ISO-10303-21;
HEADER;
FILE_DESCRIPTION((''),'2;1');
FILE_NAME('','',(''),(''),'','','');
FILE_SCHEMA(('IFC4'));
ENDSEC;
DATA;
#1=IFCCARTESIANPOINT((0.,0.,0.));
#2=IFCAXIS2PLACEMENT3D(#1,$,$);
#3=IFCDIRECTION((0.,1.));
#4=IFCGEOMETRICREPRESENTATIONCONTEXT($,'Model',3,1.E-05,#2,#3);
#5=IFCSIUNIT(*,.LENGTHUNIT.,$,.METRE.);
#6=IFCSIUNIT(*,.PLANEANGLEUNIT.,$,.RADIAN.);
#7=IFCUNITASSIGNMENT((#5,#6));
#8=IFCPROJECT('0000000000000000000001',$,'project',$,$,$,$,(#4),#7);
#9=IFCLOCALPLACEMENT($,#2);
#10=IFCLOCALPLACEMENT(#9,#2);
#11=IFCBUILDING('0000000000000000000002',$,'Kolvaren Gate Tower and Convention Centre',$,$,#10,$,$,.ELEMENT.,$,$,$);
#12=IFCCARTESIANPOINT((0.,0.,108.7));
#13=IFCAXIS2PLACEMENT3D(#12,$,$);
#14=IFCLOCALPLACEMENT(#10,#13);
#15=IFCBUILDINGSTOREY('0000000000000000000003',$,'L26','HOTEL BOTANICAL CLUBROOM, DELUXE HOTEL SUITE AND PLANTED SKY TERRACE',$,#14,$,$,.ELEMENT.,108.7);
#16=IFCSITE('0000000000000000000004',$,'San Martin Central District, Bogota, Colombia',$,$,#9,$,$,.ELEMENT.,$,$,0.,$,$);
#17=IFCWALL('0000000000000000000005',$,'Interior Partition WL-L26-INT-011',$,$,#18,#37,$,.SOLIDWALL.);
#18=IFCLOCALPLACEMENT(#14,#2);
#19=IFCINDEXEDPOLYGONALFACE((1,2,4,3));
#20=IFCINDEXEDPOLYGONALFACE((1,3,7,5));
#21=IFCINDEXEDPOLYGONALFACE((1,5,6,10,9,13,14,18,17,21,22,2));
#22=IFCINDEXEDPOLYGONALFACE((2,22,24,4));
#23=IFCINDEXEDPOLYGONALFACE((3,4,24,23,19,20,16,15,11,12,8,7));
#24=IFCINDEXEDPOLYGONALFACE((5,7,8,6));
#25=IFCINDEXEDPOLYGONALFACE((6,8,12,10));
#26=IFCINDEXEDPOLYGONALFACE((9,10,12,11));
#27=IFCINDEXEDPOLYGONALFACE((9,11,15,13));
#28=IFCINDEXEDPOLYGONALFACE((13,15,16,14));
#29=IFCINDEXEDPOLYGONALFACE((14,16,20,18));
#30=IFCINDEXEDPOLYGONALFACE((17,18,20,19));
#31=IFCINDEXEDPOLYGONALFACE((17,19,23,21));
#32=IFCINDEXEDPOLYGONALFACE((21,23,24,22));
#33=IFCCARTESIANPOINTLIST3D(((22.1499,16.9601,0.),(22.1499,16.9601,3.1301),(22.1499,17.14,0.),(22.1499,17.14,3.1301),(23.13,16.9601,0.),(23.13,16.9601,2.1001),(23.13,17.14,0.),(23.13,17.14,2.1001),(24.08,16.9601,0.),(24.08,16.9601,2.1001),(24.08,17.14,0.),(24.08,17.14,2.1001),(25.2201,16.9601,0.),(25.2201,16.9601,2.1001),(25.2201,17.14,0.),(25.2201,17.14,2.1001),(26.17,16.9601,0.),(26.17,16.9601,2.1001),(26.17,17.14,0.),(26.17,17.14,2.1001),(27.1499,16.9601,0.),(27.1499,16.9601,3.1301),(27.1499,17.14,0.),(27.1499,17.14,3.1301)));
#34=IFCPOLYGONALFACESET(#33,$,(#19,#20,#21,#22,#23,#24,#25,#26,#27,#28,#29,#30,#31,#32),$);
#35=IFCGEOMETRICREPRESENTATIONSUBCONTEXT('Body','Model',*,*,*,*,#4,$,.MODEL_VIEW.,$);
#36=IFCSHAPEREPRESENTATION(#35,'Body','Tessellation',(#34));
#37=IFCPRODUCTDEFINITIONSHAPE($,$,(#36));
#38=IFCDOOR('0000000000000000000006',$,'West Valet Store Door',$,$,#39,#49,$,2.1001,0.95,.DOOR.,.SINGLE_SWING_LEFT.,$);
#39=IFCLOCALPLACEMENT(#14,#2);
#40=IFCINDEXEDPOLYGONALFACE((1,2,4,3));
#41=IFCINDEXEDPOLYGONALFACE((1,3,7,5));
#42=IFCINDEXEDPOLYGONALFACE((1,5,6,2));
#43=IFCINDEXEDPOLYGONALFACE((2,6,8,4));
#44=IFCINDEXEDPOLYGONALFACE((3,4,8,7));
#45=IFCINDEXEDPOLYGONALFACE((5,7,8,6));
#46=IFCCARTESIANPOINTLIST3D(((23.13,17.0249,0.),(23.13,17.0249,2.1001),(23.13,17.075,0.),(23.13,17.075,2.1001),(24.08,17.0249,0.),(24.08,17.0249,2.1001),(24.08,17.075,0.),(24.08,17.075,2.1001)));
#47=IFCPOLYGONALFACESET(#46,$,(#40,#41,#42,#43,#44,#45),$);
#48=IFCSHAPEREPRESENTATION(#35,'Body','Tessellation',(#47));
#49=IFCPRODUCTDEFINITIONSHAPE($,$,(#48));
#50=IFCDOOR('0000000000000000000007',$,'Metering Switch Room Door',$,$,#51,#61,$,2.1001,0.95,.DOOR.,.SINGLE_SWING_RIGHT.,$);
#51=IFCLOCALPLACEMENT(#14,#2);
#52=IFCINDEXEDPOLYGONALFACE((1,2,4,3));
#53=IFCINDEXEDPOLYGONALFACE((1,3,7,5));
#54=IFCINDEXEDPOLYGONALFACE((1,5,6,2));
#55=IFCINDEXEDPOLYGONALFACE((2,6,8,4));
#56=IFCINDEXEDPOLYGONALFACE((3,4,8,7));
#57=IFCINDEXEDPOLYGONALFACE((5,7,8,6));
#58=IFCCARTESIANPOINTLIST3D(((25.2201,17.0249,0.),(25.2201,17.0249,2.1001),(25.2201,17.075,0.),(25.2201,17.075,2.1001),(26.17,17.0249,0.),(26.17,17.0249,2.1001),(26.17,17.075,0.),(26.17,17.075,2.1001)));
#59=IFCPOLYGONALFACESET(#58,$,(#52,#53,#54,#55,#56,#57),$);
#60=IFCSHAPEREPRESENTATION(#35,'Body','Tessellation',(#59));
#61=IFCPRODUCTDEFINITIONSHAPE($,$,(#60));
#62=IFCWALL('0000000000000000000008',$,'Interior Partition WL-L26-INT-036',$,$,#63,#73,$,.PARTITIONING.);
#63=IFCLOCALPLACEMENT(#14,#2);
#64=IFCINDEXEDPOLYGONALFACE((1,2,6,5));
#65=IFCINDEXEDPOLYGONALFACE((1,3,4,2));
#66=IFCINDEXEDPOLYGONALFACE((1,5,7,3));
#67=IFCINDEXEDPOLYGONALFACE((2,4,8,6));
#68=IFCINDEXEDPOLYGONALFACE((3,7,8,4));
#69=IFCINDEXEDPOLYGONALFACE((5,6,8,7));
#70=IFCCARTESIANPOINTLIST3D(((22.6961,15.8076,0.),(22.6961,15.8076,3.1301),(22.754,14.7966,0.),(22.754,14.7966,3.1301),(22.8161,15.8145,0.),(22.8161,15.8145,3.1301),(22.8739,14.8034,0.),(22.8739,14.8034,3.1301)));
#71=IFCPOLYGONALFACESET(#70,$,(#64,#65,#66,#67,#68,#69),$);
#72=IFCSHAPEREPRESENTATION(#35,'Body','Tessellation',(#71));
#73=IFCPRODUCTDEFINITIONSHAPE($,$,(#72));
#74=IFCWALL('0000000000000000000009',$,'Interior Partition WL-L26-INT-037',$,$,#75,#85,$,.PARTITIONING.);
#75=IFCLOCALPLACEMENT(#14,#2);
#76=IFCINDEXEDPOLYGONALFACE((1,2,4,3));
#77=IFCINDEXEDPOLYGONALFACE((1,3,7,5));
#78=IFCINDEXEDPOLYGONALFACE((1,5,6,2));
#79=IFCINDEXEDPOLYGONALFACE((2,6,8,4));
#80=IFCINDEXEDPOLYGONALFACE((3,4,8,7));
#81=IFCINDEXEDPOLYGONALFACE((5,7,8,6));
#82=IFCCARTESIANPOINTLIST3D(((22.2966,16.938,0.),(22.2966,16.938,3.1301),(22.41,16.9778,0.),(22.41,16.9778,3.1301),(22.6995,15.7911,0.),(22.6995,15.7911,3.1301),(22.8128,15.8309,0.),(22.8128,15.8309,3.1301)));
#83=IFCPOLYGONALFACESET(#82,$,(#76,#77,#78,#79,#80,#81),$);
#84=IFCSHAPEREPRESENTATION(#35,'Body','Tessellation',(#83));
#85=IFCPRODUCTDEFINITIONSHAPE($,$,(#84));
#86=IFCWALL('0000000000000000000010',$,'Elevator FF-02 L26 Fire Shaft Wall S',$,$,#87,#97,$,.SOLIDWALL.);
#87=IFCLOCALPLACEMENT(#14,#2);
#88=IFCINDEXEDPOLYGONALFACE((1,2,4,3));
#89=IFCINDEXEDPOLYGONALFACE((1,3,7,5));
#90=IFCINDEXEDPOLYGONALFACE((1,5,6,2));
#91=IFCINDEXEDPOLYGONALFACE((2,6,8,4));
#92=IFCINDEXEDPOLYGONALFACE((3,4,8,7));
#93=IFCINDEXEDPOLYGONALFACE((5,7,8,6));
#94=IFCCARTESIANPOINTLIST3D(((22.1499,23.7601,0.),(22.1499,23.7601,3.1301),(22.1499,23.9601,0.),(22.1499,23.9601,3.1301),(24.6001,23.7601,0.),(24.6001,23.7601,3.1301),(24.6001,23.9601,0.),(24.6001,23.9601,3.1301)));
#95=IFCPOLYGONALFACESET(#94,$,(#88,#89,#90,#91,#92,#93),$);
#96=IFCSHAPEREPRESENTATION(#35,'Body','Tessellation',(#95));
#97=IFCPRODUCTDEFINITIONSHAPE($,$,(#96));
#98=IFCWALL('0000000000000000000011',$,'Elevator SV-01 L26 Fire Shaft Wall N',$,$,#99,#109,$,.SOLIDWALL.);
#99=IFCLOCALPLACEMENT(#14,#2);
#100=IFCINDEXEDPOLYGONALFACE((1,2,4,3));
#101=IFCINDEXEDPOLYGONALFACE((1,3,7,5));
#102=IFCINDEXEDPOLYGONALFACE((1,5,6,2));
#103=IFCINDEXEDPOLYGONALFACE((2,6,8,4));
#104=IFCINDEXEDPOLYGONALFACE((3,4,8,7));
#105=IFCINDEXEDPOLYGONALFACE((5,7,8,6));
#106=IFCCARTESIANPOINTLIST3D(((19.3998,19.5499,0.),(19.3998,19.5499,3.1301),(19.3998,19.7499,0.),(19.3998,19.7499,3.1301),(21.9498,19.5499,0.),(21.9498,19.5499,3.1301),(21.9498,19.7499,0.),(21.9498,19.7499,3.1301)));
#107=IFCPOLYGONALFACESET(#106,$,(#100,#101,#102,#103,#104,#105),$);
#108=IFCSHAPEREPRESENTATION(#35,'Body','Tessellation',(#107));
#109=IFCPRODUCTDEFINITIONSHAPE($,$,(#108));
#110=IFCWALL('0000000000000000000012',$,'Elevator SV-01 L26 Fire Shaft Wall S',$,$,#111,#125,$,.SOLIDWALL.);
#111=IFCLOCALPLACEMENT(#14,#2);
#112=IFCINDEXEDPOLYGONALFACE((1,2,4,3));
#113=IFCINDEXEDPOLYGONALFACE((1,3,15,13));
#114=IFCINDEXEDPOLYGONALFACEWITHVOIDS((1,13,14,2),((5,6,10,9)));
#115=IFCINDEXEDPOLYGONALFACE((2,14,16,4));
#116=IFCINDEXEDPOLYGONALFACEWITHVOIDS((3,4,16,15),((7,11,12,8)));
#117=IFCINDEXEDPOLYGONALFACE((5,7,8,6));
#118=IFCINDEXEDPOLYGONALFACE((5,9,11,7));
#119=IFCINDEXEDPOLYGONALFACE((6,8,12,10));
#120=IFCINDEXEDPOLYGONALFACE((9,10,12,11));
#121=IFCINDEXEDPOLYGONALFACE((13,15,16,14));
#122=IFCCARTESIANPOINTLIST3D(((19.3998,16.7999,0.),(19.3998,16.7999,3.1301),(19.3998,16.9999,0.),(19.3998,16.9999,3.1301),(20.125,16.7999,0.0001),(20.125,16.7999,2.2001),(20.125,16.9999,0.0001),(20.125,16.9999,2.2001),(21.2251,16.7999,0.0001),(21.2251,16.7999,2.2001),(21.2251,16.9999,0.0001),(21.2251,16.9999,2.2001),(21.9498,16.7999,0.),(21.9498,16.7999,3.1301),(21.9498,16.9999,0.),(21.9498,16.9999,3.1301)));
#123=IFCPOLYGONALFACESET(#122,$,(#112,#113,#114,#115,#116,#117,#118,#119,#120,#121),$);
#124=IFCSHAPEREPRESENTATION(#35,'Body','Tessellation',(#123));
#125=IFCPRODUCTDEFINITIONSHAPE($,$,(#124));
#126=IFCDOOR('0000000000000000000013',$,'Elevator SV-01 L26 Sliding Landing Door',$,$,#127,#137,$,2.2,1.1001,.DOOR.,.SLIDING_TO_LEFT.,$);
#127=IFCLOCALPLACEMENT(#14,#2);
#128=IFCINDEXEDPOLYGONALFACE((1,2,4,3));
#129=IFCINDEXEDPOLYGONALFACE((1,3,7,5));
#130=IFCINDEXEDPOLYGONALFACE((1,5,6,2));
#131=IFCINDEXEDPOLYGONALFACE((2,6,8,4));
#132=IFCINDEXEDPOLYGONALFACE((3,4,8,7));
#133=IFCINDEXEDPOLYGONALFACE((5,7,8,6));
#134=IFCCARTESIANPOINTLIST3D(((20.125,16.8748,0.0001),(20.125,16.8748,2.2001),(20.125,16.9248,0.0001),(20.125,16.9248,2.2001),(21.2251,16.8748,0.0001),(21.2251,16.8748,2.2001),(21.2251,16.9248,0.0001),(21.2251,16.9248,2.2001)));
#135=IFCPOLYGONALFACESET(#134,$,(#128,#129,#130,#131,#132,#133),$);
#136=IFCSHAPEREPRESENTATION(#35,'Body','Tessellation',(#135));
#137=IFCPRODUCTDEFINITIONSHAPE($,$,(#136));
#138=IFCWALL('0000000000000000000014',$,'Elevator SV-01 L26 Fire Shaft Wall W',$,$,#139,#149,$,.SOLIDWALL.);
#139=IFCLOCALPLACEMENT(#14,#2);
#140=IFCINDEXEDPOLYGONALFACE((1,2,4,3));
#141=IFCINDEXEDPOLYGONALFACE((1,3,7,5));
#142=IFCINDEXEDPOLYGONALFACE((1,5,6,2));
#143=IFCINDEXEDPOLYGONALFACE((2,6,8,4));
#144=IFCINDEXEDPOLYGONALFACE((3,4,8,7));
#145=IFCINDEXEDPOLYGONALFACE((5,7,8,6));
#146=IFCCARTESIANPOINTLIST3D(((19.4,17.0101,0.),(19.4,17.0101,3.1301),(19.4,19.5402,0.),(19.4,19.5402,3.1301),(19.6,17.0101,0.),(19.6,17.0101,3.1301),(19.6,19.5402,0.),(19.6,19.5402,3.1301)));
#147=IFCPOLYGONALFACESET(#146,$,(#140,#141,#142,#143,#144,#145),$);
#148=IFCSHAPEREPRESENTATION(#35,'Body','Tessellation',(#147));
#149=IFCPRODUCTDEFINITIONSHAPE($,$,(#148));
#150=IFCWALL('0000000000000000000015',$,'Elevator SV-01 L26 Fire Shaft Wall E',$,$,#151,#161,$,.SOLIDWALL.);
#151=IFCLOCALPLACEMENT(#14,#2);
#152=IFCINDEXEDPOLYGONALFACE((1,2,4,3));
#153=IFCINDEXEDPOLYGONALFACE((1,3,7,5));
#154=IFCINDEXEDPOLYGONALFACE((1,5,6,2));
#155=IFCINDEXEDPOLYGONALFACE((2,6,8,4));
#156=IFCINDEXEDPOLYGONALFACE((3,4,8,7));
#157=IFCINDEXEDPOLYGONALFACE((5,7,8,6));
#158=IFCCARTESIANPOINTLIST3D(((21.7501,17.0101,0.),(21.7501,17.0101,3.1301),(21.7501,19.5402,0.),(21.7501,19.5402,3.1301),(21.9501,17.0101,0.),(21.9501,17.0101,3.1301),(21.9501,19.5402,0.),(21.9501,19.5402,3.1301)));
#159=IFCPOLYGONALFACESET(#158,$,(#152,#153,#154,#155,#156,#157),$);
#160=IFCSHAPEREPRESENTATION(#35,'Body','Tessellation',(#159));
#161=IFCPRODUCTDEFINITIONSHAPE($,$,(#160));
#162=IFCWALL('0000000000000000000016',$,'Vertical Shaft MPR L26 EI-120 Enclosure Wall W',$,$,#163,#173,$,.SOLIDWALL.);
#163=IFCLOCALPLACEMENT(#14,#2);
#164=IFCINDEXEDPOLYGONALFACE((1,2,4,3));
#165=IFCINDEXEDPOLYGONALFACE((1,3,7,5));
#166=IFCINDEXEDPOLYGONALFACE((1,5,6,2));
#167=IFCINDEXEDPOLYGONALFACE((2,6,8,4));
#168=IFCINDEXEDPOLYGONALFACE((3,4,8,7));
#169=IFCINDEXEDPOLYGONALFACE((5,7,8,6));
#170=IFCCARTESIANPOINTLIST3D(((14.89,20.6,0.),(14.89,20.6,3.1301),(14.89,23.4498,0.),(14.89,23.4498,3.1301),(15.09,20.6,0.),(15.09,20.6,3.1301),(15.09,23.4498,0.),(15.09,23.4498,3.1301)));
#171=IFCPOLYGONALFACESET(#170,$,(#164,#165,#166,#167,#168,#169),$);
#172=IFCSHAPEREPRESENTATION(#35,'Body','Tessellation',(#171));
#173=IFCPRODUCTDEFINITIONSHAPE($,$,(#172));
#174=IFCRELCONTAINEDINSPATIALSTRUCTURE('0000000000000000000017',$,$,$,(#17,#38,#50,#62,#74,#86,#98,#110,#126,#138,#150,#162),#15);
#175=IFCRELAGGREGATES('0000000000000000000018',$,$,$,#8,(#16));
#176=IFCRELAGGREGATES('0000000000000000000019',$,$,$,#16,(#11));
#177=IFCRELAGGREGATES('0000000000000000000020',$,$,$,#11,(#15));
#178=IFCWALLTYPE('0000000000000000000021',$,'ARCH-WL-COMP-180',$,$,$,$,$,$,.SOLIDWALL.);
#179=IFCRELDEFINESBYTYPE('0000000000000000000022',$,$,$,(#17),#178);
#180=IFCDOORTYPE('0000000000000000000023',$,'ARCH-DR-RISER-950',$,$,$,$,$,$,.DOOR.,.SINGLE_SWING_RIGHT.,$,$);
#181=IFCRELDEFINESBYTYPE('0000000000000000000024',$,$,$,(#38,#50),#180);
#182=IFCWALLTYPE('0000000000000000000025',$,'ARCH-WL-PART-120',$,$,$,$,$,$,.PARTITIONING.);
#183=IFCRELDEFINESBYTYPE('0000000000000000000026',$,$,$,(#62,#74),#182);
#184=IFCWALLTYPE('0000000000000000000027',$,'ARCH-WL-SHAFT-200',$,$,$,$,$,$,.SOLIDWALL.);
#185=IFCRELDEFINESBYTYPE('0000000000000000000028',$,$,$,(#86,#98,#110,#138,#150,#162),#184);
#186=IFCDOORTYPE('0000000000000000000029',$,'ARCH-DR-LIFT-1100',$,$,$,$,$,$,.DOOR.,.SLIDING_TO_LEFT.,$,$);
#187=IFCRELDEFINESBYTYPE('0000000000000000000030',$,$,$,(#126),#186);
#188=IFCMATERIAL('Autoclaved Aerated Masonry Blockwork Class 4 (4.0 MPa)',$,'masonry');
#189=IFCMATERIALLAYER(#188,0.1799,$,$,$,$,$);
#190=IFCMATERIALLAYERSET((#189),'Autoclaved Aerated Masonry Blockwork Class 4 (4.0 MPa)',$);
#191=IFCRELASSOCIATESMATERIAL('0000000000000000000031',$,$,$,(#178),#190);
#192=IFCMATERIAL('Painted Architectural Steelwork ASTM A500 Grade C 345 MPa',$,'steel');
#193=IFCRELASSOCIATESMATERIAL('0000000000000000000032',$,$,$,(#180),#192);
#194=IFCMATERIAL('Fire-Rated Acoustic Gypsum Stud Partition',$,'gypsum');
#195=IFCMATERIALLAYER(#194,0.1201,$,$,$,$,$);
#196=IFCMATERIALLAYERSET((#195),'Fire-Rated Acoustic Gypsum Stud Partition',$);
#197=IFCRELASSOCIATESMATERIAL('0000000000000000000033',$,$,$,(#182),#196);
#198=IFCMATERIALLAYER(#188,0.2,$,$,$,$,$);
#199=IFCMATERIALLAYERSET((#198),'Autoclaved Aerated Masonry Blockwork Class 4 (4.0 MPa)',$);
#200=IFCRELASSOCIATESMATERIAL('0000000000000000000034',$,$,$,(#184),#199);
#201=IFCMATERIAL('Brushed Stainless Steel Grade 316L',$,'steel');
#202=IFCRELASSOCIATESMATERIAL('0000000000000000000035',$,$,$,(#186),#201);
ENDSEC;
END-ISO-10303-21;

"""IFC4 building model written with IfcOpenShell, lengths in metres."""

from ifc_helpers import new_model, si_unit, direction, frame, frame_2d, origin, place, context, subcontext, project, spatial, rectangle, extrude, material, layer, layer_set, type_object, element, fill, save


model = new_model("IFC4")

# Units and contexts
model_context = context("Model", 3, precision=1e-05, world=origin(), true_north=direction((0.0, 1.0)))
body_context = subcontext(model_context, "Body", "Model", "MODEL_VIEW")
ifc_project = project(units=[si_unit("LENGTHUNIT", "METRE"), si_unit("PLANEANGLEUNIT", "RADIAN")], contexts=[model_context])

# Site, building, storey
site_placement = place(None, origin())
site = spatial("IfcSite", under=ifc_project, at=site_placement, Name="San Martin Central District, Bogota, Colombia", CompositionType="ELEMENT", RefElevation=0.0)
building_placement = place(site_placement, origin())
building = spatial("IfcBuilding", under=site, at=building_placement, Name="Kolvaren Gate Tower and Convention Centre", CompositionType="ELEMENT")
storey_placement = place(building_placement, frame((0.0, 0.0, 108.7)))
storey = spatial("IfcBuildingStorey", under=building, at=storey_placement, Name="L26", Description="HOTEL BOTANICAL CLUBROOM, DELUXE HOTEL SUITE AND PLANTED SKY TERRACE", CompositionType="ELEMENT", Elevation=108.7)

# Wall, openings, doors
ifc_material_1 = material(Name="Autoclaved Aerated Masonry Blockwork Class 4 (4.0 MPa)", Category="masonry")
ifc_layer_1 = layer(ifc_material_1, 0.1799)
ifc_layer_set_1 = layer_set([ifc_layer_1], Name="Autoclaved Aerated Masonry Blockwork Class 4 (4.0 MPa)")
wall_type_1 = type_object("IfcWallType", Name="ARCH-WL-COMP-180", PredefinedType="SOLIDWALL", material=ifc_layer_set_1)
wall_1_placement = place(storey_placement, frame((22.1499, 17.05, 0.0), z_axis=(0.0, 0.0, 1.0), x_axis=(1.0, 0.0, 0.0)))
wall_1 = element("IfcWall", 1, at=wall_1_placement, inside=storey, type_object=wall_type_1, Name="Interior Partition WL-L26-INT-011", PredefinedType="SOLIDWALL", context=body_context, shape_type="SweptSolid", body=[
    extrude(rectangle(XDim=5.0, YDim=0.1799, at=frame_2d((2.5, 0.0))), origin(), (0.0, 0.0, 1.0), 3.1301),
])
opening_1_placement = place(wall_1_placement, frame((0.98, 0.0, 0.0)))
opening_1 = element("IfcOpeningElement", 2, at=opening_1_placement, cuts=wall_1, PredefinedType="OPENING", context=body_context, shape_type="SweptSolid", body=[
    extrude(rectangle(XDim=0.95, YDim=2.1001, at=frame_2d((0.4751, 1.05))), frame((0.0, 0.0999, 0.0), z_axis=(0.0, -1.0, 0.0), x_axis=(1.0, 0.0, 0.0)), (0.0, 0.0, 1.0), 0.2),
])
opening_2_placement = place(wall_1_placement, frame((3.0701, 0.0, 0.0)))
opening_2 = element("IfcOpeningElement", 3, at=opening_2_placement, cuts=wall_1, PredefinedType="OPENING", context=body_context, shape_type="SweptSolid", body=[
    extrude(rectangle(XDim=0.95, YDim=2.1001, at=frame_2d((0.4751, 1.05))), frame((0.0, 0.0999, 0.0), z_axis=(0.0, -1.0, 0.0), x_axis=(1.0, 0.0, 0.0)), (0.0, 0.0, 1.0), 0.2),
])
ifc_material_2 = material(Name="Painted Architectural Steelwork ASTM A500 Grade C 345 MPa", Category="steel")
door_type_1 = type_object("IfcDoorType", Name="ARCH-DR-RISER-950", OperationType="SINGLE_SWING_RIGHT", PredefinedType="DOOR", material=ifc_material_2)
door_1_placement = place(opening_1_placement, origin())
door_1 = element("IfcDoor", 4, at=door_1_placement, inside=storey, type_object=door_type_1, Name="West Valet Store Door", OperationType="SINGLE_SWING_LEFT", OverallHeight=2.1001, OverallWidth=0.95, PredefinedType="DOOR", context=body_context, shape_type="SweptSolid", body=[
    extrude(rectangle(XDim=0.95, YDim=2.1001, at=frame_2d((0.4751, 1.05))), frame((0.0, 0.0249, 0.0), z_axis=(0.0, -1.0, 0.0), x_axis=(1.0, 0.0, 0.0)), (0.0, 0.0, 1.0), 0.05),
])
fill(opening_1, door_1)
door_2_placement = place(opening_2_placement, origin())
door_2 = element("IfcDoor", 5, at=door_2_placement, inside=storey, type_object=door_type_1, Name="Metering Switch Room Door", OperationType="SINGLE_SWING_RIGHT", OverallHeight=2.1001, OverallWidth=0.95, PredefinedType="DOOR", context=body_context, shape_type="SweptSolid", body=[
    extrude(rectangle(XDim=0.95, YDim=2.1001, at=frame_2d((0.4751, 1.05))), frame((0.0, 0.0249, 0.0), z_axis=(0.0, -1.0, 0.0), x_axis=(1.0, 0.0, 0.0)), (0.0, 0.0, 1.0), 0.05),
])
fill(opening_2, door_2)

# Walls
ifc_material_3 = material(Name="Fire-Rated Acoustic Gypsum Stud Partition", Category="gypsum")
ifc_layer_2 = layer(ifc_material_3, 0.1201)
ifc_layer_set_2 = layer_set([ifc_layer_2], Name="Fire-Rated Acoustic Gypsum Stud Partition")
wall_type_2 = type_object("IfcWallType", Name="ARCH-WL-PART-120", PredefinedType="PARTITIONING", material=ifc_layer_set_2)
wall_2_placement = place(storey_placement, frame((22.7561, 15.811, 0.0), z_axis=(0.0, 0.0, 1.0), x_axis=(0.057139, -0.998366, 0.0)))
element("IfcWall", 6, at=wall_2_placement, inside=storey, type_object=wall_type_2, Name="Interior Partition WL-L26-INT-036", PredefinedType="PARTITIONING", context=body_context, shape_type="SweptSolid", body=[
    extrude(rectangle(XDim=1.0127, YDim=0.1201, at=frame_2d((0.5063, 0.0))), origin(), (0.0, 0.0, 1.0), 3.1301),
])
wall_3_placement = place(storey_placement, frame((22.3533, 16.958, 0.0), z_axis=(0.0, 0.0, 1.0), x_axis=(0.33137, -0.943501, 0.0)))
element("IfcWall", 7, at=wall_3_placement, inside=storey, type_object=wall_type_2, Name="Interior Partition WL-L26-INT-037", PredefinedType="PARTITIONING", context=body_context, shape_type="SweptSolid", body=[
    extrude(rectangle(XDim=1.2156, YDim=0.1201, at=frame_2d((0.6079, 0.0))), origin(), (0.0, 0.0, 1.0), 3.1301),
])
ifc_layer_3 = layer(ifc_material_1, 0.2)
ifc_layer_set_3 = layer_set([ifc_layer_3], Name="Autoclaved Aerated Masonry Blockwork Class 4 (4.0 MPa)")
wall_type_3 = type_object("IfcWallType", Name="ARCH-WL-SHAFT-200", PredefinedType="SOLIDWALL", material=ifc_layer_set_3)
wall_4_placement = place(storey_placement, frame((22.1499, 23.8601, 0.0), z_axis=(0.0, 0.0, 1.0), x_axis=(1.0, 0.0, 0.0)))
element("IfcWall", 8, at=wall_4_placement, inside=storey, type_object=wall_type_3, Name="Elevator FF-02 L26 Fire Shaft Wall S", PredefinedType="SOLIDWALL", context=body_context, shape_type="SweptSolid", body=[
    extrude(rectangle(XDim=2.4502, YDim=0.2, at=frame_2d((1.2251, 0.0))), origin(), (0.0, 0.0, 1.0), 3.1301),
])
wall_5_placement = place(storey_placement, frame((19.3999, 19.6499, 0.0), z_axis=(0.0, 0.0, 1.0), x_axis=(1.0, 0.0, 0.0)))
element("IfcWall", 9, at=wall_5_placement, inside=storey, type_object=wall_type_3, Name="Elevator SV-01 L26 Fire Shaft Wall N", PredefinedType="SOLIDWALL", context=body_context, shape_type="SweptSolid", body=[
    extrude(rectangle(XDim=2.55, YDim=0.2, at=frame_2d((1.2749, 0.0))), origin(), (0.0, 0.0, 1.0), 3.1301),
])

# Wall, opening, door
wall_6_placement = place(storey_placement, frame((19.3999, 16.8999, 0.0), z_axis=(0.0, 0.0, 1.0), x_axis=(1.0, 0.0, 0.0)))
wall_6 = element("IfcWall", 10, at=wall_6_placement, inside=storey, type_object=wall_type_3, Name="Elevator SV-01 L26 Fire Shaft Wall S", PredefinedType="SOLIDWALL", context=body_context, shape_type="SweptSolid", body=[
    extrude(rectangle(XDim=2.55, YDim=0.2, at=frame_2d((1.2749, 0.0))), origin(), (0.0, 0.0, 1.0), 3.1301),
])
opening_3_placement = place(wall_6_placement, frame((0.7251, 0.0, 0.0)))
opening_3 = element("IfcOpeningElement", 11, at=opening_3_placement, cuts=wall_6, PredefinedType="OPENING", context=body_context, shape_type="SweptSolid", body=[
    extrude(rectangle(XDim=1.1001, YDim=2.2, at=frame_2d((0.55, 1.1001))), frame((0.0, 0.1099, 0.0), z_axis=(0.0, -1.0, 0.0), x_axis=(1.0, 0.0, 0.0)), (0.0, 0.0, 1.0), 0.22),
])
ifc_material_4 = material(Name="Brushed Stainless Steel Grade 316L", Category="steel")
door_type_2 = type_object("IfcDoorType", Name="ARCH-DR-LIFT-1100", OperationType="SLIDING_TO_LEFT", PredefinedType="DOOR", material=ifc_material_4)
door_3_placement = place(opening_3_placement, origin())
door_3 = element("IfcDoor", 12, at=door_3_placement, inside=storey, type_object=door_type_2, Name="Elevator SV-01 L26 Sliding Landing Door", OperationType="SLIDING_TO_LEFT", OverallHeight=2.2, OverallWidth=1.1001, PredefinedType="DOOR", context=body_context, shape_type="SweptSolid", body=[
    extrude(rectangle(XDim=1.1001, YDim=2.2, at=frame_2d((0.55, 1.1001))), frame((0.0, 0.0249, 0.0), z_axis=(0.0, -1.0, 0.0), x_axis=(1.0, 0.0, 0.0)), (0.0, 0.0, 1.0), 0.05),
])
fill(opening_3, door_3)

# Walls
for number, where, z_axis, x_axis, name in (
    (13, (19.5, 17.01, 0.0), (0.0, 0.0, 1.0), (0.0, 1.0, 0.0), "Elevator SV-01 L26 Fire Shaft Wall W"),
    (14, (21.8501, 17.01, 0.0), (0.0, 0.0, 1.0), (0.0, 1.0, 0.0), "Elevator SV-01 L26 Fire Shaft Wall E"),
):
    element("IfcWall", number, at=place(storey_placement, frame(where, z_axis=z_axis, x_axis=x_axis)), inside=storey, type_object=wall_type_3, Name=name, PredefinedType="SOLIDWALL", context=body_context, shape_type="SweptSolid", body=[
        extrude(rectangle(XDim=2.53, YDim=0.2, at=frame_2d((1.2651, 0.0))), origin(), (0.0, 0.0, 1.0), 3.1301),
    ])
wall_7_placement = place(storey_placement, frame((14.99, 20.6001, 0.0), z_axis=(0.0, 0.0, 1.0), x_axis=(0.0, 1.0, 0.0)))
element("IfcWall", 15, at=wall_7_placement, inside=storey, type_object=wall_type_3, Name="Vertical Shaft MPR L26 EI-120 Enclosure Wall W", PredefinedType="SOLIDWALL", context=body_context, shape_type="SweptSolid", body=[
    extrude(rectangle(XDim=2.8499, YDim=0.2, at=frame_2d((1.4248, 0.0))), origin(), (0.0, 0.0, 1.0), 3.1301),
])

save(model, "model.ifc")
